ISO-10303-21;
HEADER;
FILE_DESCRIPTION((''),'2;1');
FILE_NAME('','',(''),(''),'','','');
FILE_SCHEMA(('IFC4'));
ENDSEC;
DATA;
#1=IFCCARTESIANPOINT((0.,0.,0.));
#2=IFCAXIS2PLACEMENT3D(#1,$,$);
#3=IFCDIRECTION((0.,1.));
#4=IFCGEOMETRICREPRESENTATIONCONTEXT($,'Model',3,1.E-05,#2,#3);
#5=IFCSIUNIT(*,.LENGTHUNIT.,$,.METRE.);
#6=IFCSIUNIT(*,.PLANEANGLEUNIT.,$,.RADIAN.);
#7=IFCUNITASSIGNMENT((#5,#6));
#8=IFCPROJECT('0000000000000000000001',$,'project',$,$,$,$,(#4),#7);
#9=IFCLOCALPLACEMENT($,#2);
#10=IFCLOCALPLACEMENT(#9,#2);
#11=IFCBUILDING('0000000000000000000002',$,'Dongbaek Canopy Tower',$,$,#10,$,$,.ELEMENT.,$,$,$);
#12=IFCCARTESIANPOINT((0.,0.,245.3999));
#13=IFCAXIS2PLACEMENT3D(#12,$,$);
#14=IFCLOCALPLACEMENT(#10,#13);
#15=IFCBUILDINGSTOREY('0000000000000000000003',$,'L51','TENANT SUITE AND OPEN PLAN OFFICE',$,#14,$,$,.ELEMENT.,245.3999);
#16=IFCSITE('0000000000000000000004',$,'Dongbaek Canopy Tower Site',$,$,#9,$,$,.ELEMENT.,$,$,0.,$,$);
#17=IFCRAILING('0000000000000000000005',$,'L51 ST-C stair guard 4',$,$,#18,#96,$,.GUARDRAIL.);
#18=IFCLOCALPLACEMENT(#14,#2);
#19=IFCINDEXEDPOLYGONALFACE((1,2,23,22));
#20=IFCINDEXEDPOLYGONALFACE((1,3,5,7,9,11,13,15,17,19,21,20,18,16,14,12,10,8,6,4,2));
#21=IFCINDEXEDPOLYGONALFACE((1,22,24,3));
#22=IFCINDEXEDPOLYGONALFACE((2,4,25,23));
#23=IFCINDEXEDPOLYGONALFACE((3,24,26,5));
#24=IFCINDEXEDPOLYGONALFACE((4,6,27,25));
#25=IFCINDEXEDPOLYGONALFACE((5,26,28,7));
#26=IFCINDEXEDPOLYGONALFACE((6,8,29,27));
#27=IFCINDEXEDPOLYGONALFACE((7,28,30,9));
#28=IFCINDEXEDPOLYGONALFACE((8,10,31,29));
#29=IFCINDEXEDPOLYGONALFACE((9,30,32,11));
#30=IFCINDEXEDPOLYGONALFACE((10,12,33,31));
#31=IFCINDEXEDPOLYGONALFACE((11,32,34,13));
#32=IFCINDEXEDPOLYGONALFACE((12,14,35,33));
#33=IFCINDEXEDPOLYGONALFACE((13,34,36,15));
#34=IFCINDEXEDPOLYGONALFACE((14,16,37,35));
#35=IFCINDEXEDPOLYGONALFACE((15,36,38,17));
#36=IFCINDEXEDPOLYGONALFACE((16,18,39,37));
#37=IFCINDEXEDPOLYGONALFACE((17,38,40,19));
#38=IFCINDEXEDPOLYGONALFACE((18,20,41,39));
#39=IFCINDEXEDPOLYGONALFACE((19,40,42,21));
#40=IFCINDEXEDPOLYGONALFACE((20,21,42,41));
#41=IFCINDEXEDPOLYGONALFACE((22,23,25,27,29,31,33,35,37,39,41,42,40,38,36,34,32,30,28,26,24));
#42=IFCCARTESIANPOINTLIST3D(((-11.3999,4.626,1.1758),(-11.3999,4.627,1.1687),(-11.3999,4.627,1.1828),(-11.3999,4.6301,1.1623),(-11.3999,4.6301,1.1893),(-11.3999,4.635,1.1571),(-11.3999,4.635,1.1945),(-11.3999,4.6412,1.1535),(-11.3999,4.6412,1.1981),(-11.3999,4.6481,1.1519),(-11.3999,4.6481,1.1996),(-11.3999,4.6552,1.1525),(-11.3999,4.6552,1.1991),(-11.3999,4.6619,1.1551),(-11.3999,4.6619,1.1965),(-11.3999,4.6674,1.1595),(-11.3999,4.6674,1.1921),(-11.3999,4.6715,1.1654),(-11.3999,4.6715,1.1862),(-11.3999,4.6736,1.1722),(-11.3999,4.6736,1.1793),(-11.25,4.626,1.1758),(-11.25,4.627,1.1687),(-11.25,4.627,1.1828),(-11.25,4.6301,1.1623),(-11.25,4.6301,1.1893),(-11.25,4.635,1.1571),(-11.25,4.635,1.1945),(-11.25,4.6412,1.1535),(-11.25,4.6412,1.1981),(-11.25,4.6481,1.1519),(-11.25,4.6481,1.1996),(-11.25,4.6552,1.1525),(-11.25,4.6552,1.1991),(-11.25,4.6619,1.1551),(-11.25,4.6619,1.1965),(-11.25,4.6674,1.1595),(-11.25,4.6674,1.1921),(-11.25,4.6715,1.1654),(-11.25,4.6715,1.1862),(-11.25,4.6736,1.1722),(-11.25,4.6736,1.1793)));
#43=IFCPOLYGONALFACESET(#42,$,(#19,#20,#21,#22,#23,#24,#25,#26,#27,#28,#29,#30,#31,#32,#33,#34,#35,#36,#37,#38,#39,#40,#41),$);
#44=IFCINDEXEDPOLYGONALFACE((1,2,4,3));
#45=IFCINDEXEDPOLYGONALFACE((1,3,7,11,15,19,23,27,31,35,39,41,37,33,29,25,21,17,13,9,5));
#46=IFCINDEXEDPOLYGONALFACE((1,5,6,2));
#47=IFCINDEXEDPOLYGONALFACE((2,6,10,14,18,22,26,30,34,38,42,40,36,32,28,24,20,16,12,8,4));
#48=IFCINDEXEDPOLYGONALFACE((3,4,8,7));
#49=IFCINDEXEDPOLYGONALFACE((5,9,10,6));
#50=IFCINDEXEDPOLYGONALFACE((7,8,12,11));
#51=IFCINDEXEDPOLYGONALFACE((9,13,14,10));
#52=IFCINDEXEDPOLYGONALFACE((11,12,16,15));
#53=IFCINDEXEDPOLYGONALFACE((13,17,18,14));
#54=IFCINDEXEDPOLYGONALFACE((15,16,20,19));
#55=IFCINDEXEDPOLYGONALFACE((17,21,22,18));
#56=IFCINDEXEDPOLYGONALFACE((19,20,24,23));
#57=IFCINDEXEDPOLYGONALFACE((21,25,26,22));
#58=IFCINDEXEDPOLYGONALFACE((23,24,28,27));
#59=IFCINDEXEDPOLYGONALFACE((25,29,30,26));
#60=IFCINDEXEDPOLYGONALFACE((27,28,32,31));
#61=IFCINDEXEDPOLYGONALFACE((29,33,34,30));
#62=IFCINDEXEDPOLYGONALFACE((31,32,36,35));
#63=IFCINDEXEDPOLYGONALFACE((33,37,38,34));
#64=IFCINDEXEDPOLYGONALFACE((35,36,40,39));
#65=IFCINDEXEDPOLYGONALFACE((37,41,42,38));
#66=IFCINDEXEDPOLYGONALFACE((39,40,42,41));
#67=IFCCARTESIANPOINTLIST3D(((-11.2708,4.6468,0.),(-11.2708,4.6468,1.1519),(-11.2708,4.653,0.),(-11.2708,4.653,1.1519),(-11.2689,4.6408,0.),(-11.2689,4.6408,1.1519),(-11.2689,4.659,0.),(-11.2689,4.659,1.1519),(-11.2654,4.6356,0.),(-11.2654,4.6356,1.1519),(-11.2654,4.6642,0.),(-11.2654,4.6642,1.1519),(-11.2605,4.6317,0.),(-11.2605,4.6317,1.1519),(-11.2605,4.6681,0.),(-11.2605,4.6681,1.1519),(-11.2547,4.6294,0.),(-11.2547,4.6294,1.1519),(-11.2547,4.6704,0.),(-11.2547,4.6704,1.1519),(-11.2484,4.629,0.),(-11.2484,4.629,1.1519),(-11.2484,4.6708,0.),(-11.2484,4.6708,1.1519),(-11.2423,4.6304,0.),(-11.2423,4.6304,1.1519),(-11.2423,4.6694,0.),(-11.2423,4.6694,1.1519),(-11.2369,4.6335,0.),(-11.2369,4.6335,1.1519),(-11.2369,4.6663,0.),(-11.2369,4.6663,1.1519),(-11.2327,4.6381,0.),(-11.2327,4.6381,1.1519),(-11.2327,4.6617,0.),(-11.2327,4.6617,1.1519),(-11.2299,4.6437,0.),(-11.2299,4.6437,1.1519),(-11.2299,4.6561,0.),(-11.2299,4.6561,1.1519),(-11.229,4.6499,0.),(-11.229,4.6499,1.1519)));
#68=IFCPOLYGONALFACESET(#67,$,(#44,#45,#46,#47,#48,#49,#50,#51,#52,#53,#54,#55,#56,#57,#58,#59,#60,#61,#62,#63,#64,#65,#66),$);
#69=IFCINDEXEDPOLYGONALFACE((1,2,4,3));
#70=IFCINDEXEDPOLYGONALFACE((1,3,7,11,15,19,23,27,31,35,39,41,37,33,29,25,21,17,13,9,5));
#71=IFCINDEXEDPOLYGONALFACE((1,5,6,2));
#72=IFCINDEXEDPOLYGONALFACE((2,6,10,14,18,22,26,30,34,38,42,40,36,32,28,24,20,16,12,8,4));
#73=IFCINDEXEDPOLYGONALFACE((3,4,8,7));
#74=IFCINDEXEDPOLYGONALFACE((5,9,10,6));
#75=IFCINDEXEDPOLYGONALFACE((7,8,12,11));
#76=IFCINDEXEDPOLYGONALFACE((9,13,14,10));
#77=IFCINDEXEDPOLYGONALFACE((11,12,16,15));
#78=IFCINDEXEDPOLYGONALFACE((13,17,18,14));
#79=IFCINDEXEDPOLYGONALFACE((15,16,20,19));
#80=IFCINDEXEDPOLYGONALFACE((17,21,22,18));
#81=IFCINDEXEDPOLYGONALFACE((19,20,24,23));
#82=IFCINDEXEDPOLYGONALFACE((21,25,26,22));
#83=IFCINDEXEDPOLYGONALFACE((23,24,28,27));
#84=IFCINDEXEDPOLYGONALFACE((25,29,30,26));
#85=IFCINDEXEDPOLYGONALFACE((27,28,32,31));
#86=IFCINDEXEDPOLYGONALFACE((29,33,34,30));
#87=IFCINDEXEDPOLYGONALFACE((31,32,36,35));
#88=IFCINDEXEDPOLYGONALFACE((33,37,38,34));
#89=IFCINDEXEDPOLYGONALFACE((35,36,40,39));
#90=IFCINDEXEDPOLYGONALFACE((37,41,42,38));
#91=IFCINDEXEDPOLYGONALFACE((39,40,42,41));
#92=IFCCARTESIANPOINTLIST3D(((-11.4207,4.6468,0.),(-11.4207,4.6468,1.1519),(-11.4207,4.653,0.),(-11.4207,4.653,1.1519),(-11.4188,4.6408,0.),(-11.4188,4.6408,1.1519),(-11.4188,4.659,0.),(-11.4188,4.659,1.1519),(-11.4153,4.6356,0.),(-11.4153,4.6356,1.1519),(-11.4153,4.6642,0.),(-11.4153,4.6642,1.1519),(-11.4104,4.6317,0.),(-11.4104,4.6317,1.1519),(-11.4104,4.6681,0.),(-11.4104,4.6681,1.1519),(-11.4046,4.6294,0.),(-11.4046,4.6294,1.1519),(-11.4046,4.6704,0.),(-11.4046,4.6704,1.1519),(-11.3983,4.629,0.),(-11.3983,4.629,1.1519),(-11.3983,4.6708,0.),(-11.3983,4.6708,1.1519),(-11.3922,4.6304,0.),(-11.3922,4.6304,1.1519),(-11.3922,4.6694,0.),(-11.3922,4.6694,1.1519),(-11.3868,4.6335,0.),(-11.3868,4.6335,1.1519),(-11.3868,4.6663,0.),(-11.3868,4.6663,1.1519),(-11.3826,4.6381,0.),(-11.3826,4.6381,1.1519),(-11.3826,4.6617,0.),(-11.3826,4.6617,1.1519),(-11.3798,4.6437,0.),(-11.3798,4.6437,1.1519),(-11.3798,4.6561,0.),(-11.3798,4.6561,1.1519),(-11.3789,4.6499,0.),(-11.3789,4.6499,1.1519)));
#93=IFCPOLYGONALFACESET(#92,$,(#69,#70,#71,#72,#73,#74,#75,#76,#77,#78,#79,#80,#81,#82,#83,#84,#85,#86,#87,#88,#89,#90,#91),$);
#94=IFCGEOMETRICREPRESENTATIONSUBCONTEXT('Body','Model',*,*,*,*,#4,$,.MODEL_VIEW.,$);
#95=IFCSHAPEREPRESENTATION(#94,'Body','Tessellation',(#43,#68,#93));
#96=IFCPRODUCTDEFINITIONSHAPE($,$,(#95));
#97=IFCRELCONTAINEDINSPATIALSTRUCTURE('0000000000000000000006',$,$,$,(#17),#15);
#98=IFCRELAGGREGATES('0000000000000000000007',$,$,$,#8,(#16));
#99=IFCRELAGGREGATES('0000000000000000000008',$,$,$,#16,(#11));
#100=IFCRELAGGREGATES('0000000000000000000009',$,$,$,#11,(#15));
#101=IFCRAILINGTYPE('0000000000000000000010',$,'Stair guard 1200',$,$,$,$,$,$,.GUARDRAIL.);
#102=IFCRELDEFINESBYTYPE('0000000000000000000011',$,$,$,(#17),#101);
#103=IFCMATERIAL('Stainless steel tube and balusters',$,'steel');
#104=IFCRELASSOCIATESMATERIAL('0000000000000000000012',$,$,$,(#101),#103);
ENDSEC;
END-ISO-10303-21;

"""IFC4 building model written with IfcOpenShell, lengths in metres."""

from ifc_helpers import new_model, si_unit, direction, frame, origin, origin_2d, place, context, subcontext, project, spatial, circle, extrude, material, type_object, element, save


model = new_model("IFC4")

# Units and contexts
model_context = context("Model", 3, precision=1e-05, world=origin(), true_north=direction((0.0, 1.0)))
body_context = subcontext(model_context, "Body", "Model", "MODEL_VIEW")
ifc_project = project(units=[si_unit("LENGTHUNIT", "METRE"), si_unit("PLANEANGLEUNIT", "RADIAN")], contexts=[model_context])

# Site, building, storey
site_placement = place(None, origin())
site = spatial("IfcSite", under=ifc_project, at=site_placement, Name="Dongbaek Canopy Tower Site", CompositionType="ELEMENT", RefElevation=0.0)
building_placement = place(site_placement, origin())
building = spatial("IfcBuilding", under=site, at=building_placement, Name="Dongbaek Canopy Tower", CompositionType="ELEMENT")
storey_placement = place(building_placement, frame((0.0, 0.0, 245.3999)))
storey = spatial("IfcBuildingStorey", under=building, at=storey_placement, Name="L51", Description="TENANT SUITE AND OPEN PLAN OFFICE", CompositionType="ELEMENT", Elevation=245.3999)

# Railing
ifc_material_1 = material(Name="Stainless steel tube and balusters", Category="steel")
railing_type_1 = type_object("IfcRailingType", Name="Stair guard 1200", PredefinedType="GUARDRAIL", material=ifc_material_1)
railing_1_placement = place(storey_placement, frame((-11.25, 4.6499, 0.0)))
element("IfcRailing", 1, at=railing_1_placement, inside=storey, type_object=railing_type_1, Name="L51 ST-C stair guard 4", PredefinedType="GUARDRAIL", context=body_context, shape_type="SweptSolid", body=[
    extrude(circle(Radius=0.0239, at=origin_2d()), frame((0.0, 0.0, 1.1758), z_axis=(-1.0, 0.0, 0.0), x_axis=(0.0, -1.0, 0.0)), (0.0, 0.0, 1.0), 0.1499),
    extrude(circle(Radius=0.021, at=origin_2d()), origin(), (0.0, 0.0, 1.0), 1.1519),
    extrude(circle(Radius=0.021, at=origin_2d()), frame((-0.1499, 0.0, 0.0)), (0.0, 0.0, 1.0), 1.1519),
])

save(model, "model.ifc")
